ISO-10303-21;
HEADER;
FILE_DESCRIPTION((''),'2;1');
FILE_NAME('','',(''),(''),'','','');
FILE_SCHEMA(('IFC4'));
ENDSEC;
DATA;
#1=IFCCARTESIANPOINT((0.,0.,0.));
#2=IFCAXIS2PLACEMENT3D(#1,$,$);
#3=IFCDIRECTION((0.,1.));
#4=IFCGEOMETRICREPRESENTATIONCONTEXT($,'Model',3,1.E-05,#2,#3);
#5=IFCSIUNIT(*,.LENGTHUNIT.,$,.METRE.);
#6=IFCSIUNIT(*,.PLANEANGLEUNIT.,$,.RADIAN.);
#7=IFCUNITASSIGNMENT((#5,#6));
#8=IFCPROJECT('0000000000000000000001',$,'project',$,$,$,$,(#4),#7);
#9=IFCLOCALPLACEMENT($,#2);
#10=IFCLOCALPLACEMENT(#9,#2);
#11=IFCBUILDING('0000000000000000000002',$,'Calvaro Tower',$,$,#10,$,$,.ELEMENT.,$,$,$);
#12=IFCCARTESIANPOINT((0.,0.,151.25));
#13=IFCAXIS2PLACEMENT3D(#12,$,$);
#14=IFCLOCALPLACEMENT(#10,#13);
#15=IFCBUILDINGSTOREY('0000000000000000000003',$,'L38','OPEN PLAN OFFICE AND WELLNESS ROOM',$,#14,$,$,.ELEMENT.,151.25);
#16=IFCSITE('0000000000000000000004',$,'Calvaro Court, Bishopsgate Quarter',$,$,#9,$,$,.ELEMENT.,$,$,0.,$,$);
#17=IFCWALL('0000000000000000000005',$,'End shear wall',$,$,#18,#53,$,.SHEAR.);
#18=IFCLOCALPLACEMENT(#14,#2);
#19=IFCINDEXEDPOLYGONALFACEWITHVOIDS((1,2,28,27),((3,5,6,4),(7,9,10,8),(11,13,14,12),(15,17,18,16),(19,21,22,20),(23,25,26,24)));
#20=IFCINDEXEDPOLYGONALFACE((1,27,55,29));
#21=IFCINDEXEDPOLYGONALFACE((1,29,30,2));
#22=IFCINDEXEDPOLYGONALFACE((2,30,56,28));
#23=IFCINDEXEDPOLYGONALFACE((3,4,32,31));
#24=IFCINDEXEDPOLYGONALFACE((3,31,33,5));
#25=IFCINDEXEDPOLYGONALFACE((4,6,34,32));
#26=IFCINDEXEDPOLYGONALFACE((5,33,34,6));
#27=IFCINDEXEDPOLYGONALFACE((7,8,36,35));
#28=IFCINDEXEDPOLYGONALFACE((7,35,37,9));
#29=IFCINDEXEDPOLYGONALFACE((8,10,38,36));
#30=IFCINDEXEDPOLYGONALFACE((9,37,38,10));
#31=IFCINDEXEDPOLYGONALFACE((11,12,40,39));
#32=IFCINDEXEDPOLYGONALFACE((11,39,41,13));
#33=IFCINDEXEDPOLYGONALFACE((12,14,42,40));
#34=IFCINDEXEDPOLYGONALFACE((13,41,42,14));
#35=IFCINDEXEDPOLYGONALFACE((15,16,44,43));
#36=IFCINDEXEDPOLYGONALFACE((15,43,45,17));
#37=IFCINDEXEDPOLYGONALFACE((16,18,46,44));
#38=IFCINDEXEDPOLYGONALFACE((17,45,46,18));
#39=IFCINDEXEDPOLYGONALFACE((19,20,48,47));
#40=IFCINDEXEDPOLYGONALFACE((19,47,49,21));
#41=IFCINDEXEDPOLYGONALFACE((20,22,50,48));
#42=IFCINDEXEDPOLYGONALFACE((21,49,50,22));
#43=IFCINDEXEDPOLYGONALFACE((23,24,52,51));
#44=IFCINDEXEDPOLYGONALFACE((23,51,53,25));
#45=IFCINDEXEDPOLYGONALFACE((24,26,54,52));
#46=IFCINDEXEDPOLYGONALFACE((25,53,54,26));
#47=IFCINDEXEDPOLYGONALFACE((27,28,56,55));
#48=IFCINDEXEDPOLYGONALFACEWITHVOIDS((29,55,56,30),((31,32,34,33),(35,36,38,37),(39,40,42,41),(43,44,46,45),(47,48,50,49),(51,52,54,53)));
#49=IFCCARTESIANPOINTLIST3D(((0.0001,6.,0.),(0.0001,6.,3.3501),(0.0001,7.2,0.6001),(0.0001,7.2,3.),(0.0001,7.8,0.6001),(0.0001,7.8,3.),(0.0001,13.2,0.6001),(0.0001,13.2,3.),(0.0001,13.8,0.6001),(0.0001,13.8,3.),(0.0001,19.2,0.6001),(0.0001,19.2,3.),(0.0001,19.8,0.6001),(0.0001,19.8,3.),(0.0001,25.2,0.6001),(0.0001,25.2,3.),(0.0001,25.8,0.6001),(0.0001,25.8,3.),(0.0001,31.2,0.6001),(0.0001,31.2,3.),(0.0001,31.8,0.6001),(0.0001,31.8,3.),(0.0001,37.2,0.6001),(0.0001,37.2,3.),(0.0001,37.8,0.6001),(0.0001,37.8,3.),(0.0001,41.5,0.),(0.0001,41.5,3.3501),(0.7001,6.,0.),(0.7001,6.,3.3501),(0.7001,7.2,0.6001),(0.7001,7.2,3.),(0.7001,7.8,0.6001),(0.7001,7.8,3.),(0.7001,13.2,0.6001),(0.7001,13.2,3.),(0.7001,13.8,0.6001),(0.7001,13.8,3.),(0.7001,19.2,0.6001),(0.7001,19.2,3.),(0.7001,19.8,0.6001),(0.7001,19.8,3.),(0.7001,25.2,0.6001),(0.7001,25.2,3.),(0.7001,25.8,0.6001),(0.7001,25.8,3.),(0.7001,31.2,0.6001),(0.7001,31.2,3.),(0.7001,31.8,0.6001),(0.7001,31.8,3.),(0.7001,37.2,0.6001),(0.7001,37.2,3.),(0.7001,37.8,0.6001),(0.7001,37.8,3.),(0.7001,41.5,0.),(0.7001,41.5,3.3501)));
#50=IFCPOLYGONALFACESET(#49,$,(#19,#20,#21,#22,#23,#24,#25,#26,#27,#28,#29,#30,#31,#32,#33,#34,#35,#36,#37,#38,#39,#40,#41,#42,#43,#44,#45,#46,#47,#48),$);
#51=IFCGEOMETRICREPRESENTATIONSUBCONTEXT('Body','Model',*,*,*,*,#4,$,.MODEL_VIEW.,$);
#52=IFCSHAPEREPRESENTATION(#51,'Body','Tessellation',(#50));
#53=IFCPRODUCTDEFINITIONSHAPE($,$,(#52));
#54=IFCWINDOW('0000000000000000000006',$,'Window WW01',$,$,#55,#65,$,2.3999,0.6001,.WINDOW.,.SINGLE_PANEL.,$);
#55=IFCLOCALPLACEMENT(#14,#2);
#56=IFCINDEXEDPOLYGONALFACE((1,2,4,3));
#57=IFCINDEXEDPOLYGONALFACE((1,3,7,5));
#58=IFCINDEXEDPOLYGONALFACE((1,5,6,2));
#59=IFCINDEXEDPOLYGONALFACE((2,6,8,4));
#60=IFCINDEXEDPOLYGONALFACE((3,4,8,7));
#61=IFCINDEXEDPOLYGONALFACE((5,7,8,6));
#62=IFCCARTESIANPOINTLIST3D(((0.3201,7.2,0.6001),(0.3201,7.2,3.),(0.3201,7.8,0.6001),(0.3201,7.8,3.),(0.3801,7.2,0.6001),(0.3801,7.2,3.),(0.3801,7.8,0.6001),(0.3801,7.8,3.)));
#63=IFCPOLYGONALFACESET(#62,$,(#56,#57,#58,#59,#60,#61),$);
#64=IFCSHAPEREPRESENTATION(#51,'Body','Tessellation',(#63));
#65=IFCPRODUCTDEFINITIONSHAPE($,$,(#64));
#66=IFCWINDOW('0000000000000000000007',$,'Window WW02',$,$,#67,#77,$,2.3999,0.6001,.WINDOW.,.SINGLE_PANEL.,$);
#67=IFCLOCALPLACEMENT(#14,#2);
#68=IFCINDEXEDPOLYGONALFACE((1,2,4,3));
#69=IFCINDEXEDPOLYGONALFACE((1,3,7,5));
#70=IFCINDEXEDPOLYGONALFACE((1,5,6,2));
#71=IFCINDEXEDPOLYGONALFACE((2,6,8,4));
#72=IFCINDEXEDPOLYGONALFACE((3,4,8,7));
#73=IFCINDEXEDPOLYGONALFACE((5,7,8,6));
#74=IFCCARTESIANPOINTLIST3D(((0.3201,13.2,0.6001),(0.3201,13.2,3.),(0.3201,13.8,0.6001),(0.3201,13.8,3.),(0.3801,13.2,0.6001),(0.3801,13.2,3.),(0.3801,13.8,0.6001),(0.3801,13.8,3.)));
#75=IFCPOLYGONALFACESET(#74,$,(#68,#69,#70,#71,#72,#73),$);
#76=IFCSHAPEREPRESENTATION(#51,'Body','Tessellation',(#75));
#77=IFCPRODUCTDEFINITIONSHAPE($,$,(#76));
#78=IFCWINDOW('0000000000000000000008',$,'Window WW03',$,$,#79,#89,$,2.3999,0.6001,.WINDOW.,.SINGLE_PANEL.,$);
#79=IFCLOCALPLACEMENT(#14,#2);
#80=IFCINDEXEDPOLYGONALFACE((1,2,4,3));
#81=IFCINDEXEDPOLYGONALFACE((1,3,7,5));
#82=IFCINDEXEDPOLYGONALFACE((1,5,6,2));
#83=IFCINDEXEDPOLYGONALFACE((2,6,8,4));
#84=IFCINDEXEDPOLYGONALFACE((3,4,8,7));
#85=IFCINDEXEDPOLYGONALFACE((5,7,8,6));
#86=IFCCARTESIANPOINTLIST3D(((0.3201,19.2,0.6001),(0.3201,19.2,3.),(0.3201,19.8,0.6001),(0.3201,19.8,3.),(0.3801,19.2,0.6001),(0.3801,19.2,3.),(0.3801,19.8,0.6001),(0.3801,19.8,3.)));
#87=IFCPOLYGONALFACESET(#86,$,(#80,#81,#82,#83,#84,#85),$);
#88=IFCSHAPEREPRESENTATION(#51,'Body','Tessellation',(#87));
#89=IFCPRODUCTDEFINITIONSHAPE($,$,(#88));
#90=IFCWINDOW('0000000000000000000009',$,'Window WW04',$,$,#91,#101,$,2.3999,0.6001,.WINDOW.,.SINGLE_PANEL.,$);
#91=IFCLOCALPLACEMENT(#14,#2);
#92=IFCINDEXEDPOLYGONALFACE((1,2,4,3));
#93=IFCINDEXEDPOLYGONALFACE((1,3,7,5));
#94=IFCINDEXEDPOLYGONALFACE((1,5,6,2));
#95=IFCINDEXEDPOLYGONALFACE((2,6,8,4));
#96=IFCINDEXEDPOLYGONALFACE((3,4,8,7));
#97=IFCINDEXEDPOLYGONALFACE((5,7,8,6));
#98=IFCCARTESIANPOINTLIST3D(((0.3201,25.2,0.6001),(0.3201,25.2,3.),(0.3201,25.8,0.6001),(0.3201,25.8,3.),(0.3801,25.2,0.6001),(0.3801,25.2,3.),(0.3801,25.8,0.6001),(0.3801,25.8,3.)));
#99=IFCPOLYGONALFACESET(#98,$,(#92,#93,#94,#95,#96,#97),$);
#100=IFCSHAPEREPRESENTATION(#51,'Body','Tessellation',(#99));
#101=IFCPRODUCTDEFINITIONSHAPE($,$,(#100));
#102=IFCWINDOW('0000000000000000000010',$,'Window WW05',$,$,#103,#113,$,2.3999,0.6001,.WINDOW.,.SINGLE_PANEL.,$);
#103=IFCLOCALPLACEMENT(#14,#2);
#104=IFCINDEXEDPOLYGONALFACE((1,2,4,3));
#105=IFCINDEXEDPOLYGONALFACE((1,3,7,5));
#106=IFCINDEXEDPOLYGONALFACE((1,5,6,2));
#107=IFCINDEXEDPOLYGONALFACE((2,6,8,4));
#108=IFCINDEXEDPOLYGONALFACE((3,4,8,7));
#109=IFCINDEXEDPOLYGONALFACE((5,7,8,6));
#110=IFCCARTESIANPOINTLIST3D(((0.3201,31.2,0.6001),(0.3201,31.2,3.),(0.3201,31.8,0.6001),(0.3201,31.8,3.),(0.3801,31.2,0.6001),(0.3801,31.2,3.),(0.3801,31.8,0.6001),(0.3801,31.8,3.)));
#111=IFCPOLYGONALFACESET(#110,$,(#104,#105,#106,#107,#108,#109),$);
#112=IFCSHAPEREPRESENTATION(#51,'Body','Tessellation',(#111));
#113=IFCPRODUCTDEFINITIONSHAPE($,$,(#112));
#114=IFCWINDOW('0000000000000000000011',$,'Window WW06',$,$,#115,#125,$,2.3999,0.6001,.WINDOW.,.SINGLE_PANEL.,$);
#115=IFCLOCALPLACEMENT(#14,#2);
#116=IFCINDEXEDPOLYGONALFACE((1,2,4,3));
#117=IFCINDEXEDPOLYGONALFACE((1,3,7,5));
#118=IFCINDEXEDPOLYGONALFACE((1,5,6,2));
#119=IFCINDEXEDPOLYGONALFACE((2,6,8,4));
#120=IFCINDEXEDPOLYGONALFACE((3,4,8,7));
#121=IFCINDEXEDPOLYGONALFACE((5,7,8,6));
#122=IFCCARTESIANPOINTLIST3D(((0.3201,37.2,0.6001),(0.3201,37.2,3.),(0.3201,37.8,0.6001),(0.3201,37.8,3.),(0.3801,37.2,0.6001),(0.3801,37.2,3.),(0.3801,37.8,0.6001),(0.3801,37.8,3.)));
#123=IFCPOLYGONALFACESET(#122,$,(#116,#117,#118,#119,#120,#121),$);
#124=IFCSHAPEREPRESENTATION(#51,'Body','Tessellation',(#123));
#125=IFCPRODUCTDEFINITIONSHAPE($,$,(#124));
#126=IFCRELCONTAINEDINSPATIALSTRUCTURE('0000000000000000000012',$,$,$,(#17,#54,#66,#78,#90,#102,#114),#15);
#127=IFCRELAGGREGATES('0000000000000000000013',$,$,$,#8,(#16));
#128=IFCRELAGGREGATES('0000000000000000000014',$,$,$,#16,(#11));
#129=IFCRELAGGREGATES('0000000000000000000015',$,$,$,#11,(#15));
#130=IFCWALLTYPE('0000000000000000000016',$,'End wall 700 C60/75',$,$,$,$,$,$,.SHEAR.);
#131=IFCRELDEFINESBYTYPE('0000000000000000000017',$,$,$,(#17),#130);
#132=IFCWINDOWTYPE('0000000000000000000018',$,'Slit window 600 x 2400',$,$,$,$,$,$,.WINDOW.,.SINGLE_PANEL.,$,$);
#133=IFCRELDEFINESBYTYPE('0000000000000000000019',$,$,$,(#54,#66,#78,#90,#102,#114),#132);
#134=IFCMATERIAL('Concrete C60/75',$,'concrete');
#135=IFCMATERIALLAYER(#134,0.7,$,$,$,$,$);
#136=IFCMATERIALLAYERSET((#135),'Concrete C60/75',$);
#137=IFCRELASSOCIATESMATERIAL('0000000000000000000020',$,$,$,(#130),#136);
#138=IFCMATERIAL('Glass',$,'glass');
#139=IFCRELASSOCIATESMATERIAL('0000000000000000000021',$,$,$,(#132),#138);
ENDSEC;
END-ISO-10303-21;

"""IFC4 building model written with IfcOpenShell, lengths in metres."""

from ifc_helpers import new_model, si_unit, direction, frame, frame_2d, origin, place, context, subcontext, project, spatial, rectangle, extrude, material, layer, layer_set, type_object, element, fill, save


model = new_model("IFC4")

# Units and contexts
model_context = context("Model", 3, precision=1e-05, world=origin(), true_north=direction((0.0, 1.0)))
body_context = subcontext(model_context, "Body", "Model", "MODEL_VIEW")
ifc_project = project(units=[si_unit("LENGTHUNIT", "METRE"), si_unit("PLANEANGLEUNIT", "RADIAN")], contexts=[model_context])

# Site, building, storey
site_placement = place(None, origin())
site = spatial("IfcSite", under=ifc_project, at=site_placement, Name="Calvaro Court, Bishopsgate Quarter", CompositionType="ELEMENT", RefElevation=0.0)
building_placement = place(site_placement, origin())
building = spatial("IfcBuilding", under=site, at=building_placement, Name="Calvaro Tower", CompositionType="ELEMENT")
storey_placement = place(building_placement, frame((0.0, 0.0, 151.25)))
storey = spatial("IfcBuildingStorey", under=building, at=storey_placement, Name="L38", Description="OPEN PLAN OFFICE AND WELLNESS ROOM", CompositionType="ELEMENT", Elevation=151.25)

# Wall, openings, windows
ifc_material_1 = material(Name="Concrete C60/75", Category="concrete")
ifc_layer_1 = layer(ifc_material_1, 0.7)
ifc_layer_set_1 = layer_set([ifc_layer_1], Name="Concrete C60/75")
wall_type = type_object("IfcWallType", Name="End wall 700 C60/75", PredefinedType="SHEAR", material=ifc_layer_set_1)
wall_placement = place(storey_placement, frame((0.3501, 6.0, 0.0), z_axis=(0.0, 0.0, 1.0), x_axis=(0.0, 1.0, 0.0)))
wall = element("IfcWall", 1, at=wall_placement, inside=storey, type_object=wall_type, Name="End shear wall", PredefinedType="SHEAR", context=body_context, shape_type="SweptSolid", body=[
    extrude(rectangle(XDim=35.5, YDim=0.7, at=frame_2d((17.75, 0.0))), origin(), (0.0, 0.0, 1.0), 3.3501),
])
opening_1_placement = place(wall_placement, frame((1.2, 0.0, 0.6001)))
opening_1 = element("IfcOpeningElement", 2, at=opening_1_placement, cuts=wall, PredefinedType="OPENING", context=body_context, shape_type="SweptSolid", body=[
    extrude(rectangle(XDim=0.6001, YDim=2.3999, at=frame_2d((0.3, 1.2))), frame((0.0, 0.3599, 0.0), z_axis=(0.0, -1.0, 0.0), x_axis=(1.0, 0.0, 0.0)), (0.0, 0.0, 1.0), 0.72),
])
opening_2_placement = place(wall_placement, frame((7.2, 0.0, 0.6001)))
opening_2 = element("IfcOpeningElement", 3, at=opening_2_placement, cuts=wall, PredefinedType="OPENING", context=body_context, shape_type="SweptSolid", body=[
    extrude(rectangle(XDim=0.6001, YDim=2.3999, at=frame_2d((0.3, 1.2))), frame((0.0, 0.3599, 0.0), z_axis=(0.0, -1.0, 0.0), x_axis=(1.0, 0.0, 0.0)), (0.0, 0.0, 1.0), 0.72),
])
opening_3_placement = place(wall_placement, frame((13.2, 0.0, 0.6001)))
opening_3 = element("IfcOpeningElement", 4, at=opening_3_placement, cuts=wall, PredefinedType="OPENING", context=body_context, shape_type="SweptSolid", body=[
    extrude(rectangle(XDim=0.6001, YDim=2.3999, at=frame_2d((0.3, 1.2))), frame((0.0, 0.3599, 0.0), z_axis=(0.0, -1.0, 0.0), x_axis=(1.0, 0.0, 0.0)), (0.0, 0.0, 1.0), 0.72),
])
opening_4_placement = place(wall_placement, frame((19.2, 0.0, 0.6001)))
opening_4 = element("IfcOpeningElement", 5, at=opening_4_placement, cuts=wall, PredefinedType="OPENING", context=body_context, shape_type="SweptSolid", body=[
    extrude(rectangle(XDim=0.6001, YDim=2.3999, at=frame_2d((0.3, 1.2))), frame((0.0, 0.3599, 0.0), z_axis=(0.0, -1.0, 0.0), x_axis=(1.0, 0.0, 0.0)), (0.0, 0.0, 1.0), 0.72),
])
opening_5_placement = place(wall_placement, frame((25.2, 0.0, 0.6001)))
opening_5 = element("IfcOpeningElement", 6, at=opening_5_placement, cuts=wall, PredefinedType="OPENING", context=body_context, shape_type="SweptSolid", body=[
    extrude(rectangle(XDim=0.6001, YDim=2.3999, at=frame_2d((0.3, 1.2))), frame((0.0, 0.3599, 0.0), z_axis=(0.0, -1.0, 0.0), x_axis=(1.0, 0.0, 0.0)), (0.0, 0.0, 1.0), 0.72),
])
opening_6_placement = place(wall_placement, frame((31.2, 0.0, 0.6001)))
opening_6 = element("IfcOpeningElement", 7, at=opening_6_placement, cuts=wall, PredefinedType="OPENING", context=body_context, shape_type="SweptSolid", body=[
    extrude(rectangle(XDim=0.6001, YDim=2.3999, at=frame_2d((0.3, 1.2))), frame((0.0, 0.3599, 0.0), z_axis=(0.0, -1.0, 0.0), x_axis=(1.0, 0.0, 0.0)), (0.0, 0.0, 1.0), 0.72),
])
ifc_material_2 = material(Name="Glass", Category="glass")
window_type = type_object("IfcWindowType", Name="Slit window 600 x 2400", PartitioningType="SINGLE_PANEL", PredefinedType="WINDOW", material=ifc_material_2)
window_1_placement = place(opening_1_placement, origin())
window_1 = element("IfcWindow", 8, at=window_1_placement, inside=storey, type_object=window_type, Name="Window WW01", OverallHeight=2.3999, OverallWidth=0.6001, PartitioningType="SINGLE_PANEL", PredefinedType="WINDOW", context=body_context, shape_type="SweptSolid", body=[
    extrude(rectangle(XDim=0.6001, YDim=2.3999, at=frame_2d((0.3, 1.2))), frame((0.0, 0.03, 0.0), z_axis=(0.0, -1.0, 0.0), x_axis=(1.0, 0.0, 0.0)), (0.0, 0.0, 1.0), 0.0601),
])
fill(opening_1, window_1)
window_2_placement = place(opening_2_placement, origin())
window_2 = element("IfcWindow", 9, at=window_2_placement, inside=storey, type_object=window_type, Name="Window WW02", OverallHeight=2.3999, OverallWidth=0.6001, PartitioningType="SINGLE_PANEL", PredefinedType="WINDOW", context=body_context, shape_type="SweptSolid", body=[
    extrude(rectangle(XDim=0.6001, YDim=2.3999, at=frame_2d((0.3, 1.2))), frame((0.0, 0.03, 0.0), z_axis=(0.0, -1.0, 0.0), x_axis=(1.0, 0.0, 0.0)), (0.0, 0.0, 1.0), 0.0601),
])
fill(opening_2, window_2)
window_3_placement = place(opening_3_placement, origin())
window_3 = element("IfcWindow", 10, at=window_3_placement, inside=storey, type_object=window_type, Name="Window WW03", OverallHeight=2.3999, OverallWidth=0.6001, PartitioningType="SINGLE_PANEL", PredefinedType="WINDOW", context=body_context, shape_type="SweptSolid", body=[
    extrude(rectangle(XDim=0.6001, YDim=2.3999, at=frame_2d((0.3, 1.2))), frame((0.0, 0.03, 0.0), z_axis=(0.0, -1.0, 0.0), x_axis=(1.0, 0.0, 0.0)), (0.0, 0.0, 1.0), 0.0601),
])
fill(opening_3, window_3)
window_4_placement = place(opening_4_placement, origin())
window_4 = element("IfcWindow", 11, at=window_4_placement, inside=storey, type_object=window_type, Name="Window WW04", OverallHeight=2.3999, OverallWidth=0.6001, PartitioningType="SINGLE_PANEL", PredefinedType="WINDOW", context=body_context, shape_type="SweptSolid", body=[
    extrude(rectangle(XDim=0.6001, YDim=2.3999, at=frame_2d((0.3, 1.2))), frame((0.0, 0.03, 0.0), z_axis=(0.0, -1.0, 0.0), x_axis=(1.0, 0.0, 0.0)), (0.0, 0.0, 1.0), 0.0601),
])
fill(opening_4, window_4)
window_5_placement = place(opening_5_placement, origin())
window_5 = element("IfcWindow", 12, at=window_5_placement, inside=storey, type_object=window_type, Name="Window WW05", OverallHeight=2.3999, OverallWidth=0.6001, PartitioningType="SINGLE_PANEL", PredefinedType="WINDOW", context=body_context, shape_type="SweptSolid", body=[
    extrude(rectangle(XDim=0.6001, YDim=2.3999, at=frame_2d((0.3, 1.2))), frame((0.0, 0.03, 0.0), z_axis=(0.0, -1.0, 0.0), x_axis=(1.0, 0.0, 0.0)), (0.0, 0.0, 1.0), 0.0601),
])
fill(opening_5, window_5)
window_6_placement = place(opening_6_placement, origin())
window_6 = element("IfcWindow", 13, at=window_6_placement, inside=storey, type_object=window_type, Name="Window WW06", OverallHeight=2.3999, OverallWidth=0.6001, PartitioningType="SINGLE_PANEL", PredefinedType="WINDOW", context=body_context, shape_type="SweptSolid", body=[
    extrude(rectangle(XDim=0.6001, YDim=2.3999, at=frame_2d((0.3, 1.2))), frame((0.0, 0.03, 0.0), z_axis=(0.0, -1.0, 0.0), x_axis=(1.0, 0.0, 0.0)), (0.0, 0.0, 1.0), 0.0601),
])
fill(opening_6, window_6)

save(model, "model.ifc")
